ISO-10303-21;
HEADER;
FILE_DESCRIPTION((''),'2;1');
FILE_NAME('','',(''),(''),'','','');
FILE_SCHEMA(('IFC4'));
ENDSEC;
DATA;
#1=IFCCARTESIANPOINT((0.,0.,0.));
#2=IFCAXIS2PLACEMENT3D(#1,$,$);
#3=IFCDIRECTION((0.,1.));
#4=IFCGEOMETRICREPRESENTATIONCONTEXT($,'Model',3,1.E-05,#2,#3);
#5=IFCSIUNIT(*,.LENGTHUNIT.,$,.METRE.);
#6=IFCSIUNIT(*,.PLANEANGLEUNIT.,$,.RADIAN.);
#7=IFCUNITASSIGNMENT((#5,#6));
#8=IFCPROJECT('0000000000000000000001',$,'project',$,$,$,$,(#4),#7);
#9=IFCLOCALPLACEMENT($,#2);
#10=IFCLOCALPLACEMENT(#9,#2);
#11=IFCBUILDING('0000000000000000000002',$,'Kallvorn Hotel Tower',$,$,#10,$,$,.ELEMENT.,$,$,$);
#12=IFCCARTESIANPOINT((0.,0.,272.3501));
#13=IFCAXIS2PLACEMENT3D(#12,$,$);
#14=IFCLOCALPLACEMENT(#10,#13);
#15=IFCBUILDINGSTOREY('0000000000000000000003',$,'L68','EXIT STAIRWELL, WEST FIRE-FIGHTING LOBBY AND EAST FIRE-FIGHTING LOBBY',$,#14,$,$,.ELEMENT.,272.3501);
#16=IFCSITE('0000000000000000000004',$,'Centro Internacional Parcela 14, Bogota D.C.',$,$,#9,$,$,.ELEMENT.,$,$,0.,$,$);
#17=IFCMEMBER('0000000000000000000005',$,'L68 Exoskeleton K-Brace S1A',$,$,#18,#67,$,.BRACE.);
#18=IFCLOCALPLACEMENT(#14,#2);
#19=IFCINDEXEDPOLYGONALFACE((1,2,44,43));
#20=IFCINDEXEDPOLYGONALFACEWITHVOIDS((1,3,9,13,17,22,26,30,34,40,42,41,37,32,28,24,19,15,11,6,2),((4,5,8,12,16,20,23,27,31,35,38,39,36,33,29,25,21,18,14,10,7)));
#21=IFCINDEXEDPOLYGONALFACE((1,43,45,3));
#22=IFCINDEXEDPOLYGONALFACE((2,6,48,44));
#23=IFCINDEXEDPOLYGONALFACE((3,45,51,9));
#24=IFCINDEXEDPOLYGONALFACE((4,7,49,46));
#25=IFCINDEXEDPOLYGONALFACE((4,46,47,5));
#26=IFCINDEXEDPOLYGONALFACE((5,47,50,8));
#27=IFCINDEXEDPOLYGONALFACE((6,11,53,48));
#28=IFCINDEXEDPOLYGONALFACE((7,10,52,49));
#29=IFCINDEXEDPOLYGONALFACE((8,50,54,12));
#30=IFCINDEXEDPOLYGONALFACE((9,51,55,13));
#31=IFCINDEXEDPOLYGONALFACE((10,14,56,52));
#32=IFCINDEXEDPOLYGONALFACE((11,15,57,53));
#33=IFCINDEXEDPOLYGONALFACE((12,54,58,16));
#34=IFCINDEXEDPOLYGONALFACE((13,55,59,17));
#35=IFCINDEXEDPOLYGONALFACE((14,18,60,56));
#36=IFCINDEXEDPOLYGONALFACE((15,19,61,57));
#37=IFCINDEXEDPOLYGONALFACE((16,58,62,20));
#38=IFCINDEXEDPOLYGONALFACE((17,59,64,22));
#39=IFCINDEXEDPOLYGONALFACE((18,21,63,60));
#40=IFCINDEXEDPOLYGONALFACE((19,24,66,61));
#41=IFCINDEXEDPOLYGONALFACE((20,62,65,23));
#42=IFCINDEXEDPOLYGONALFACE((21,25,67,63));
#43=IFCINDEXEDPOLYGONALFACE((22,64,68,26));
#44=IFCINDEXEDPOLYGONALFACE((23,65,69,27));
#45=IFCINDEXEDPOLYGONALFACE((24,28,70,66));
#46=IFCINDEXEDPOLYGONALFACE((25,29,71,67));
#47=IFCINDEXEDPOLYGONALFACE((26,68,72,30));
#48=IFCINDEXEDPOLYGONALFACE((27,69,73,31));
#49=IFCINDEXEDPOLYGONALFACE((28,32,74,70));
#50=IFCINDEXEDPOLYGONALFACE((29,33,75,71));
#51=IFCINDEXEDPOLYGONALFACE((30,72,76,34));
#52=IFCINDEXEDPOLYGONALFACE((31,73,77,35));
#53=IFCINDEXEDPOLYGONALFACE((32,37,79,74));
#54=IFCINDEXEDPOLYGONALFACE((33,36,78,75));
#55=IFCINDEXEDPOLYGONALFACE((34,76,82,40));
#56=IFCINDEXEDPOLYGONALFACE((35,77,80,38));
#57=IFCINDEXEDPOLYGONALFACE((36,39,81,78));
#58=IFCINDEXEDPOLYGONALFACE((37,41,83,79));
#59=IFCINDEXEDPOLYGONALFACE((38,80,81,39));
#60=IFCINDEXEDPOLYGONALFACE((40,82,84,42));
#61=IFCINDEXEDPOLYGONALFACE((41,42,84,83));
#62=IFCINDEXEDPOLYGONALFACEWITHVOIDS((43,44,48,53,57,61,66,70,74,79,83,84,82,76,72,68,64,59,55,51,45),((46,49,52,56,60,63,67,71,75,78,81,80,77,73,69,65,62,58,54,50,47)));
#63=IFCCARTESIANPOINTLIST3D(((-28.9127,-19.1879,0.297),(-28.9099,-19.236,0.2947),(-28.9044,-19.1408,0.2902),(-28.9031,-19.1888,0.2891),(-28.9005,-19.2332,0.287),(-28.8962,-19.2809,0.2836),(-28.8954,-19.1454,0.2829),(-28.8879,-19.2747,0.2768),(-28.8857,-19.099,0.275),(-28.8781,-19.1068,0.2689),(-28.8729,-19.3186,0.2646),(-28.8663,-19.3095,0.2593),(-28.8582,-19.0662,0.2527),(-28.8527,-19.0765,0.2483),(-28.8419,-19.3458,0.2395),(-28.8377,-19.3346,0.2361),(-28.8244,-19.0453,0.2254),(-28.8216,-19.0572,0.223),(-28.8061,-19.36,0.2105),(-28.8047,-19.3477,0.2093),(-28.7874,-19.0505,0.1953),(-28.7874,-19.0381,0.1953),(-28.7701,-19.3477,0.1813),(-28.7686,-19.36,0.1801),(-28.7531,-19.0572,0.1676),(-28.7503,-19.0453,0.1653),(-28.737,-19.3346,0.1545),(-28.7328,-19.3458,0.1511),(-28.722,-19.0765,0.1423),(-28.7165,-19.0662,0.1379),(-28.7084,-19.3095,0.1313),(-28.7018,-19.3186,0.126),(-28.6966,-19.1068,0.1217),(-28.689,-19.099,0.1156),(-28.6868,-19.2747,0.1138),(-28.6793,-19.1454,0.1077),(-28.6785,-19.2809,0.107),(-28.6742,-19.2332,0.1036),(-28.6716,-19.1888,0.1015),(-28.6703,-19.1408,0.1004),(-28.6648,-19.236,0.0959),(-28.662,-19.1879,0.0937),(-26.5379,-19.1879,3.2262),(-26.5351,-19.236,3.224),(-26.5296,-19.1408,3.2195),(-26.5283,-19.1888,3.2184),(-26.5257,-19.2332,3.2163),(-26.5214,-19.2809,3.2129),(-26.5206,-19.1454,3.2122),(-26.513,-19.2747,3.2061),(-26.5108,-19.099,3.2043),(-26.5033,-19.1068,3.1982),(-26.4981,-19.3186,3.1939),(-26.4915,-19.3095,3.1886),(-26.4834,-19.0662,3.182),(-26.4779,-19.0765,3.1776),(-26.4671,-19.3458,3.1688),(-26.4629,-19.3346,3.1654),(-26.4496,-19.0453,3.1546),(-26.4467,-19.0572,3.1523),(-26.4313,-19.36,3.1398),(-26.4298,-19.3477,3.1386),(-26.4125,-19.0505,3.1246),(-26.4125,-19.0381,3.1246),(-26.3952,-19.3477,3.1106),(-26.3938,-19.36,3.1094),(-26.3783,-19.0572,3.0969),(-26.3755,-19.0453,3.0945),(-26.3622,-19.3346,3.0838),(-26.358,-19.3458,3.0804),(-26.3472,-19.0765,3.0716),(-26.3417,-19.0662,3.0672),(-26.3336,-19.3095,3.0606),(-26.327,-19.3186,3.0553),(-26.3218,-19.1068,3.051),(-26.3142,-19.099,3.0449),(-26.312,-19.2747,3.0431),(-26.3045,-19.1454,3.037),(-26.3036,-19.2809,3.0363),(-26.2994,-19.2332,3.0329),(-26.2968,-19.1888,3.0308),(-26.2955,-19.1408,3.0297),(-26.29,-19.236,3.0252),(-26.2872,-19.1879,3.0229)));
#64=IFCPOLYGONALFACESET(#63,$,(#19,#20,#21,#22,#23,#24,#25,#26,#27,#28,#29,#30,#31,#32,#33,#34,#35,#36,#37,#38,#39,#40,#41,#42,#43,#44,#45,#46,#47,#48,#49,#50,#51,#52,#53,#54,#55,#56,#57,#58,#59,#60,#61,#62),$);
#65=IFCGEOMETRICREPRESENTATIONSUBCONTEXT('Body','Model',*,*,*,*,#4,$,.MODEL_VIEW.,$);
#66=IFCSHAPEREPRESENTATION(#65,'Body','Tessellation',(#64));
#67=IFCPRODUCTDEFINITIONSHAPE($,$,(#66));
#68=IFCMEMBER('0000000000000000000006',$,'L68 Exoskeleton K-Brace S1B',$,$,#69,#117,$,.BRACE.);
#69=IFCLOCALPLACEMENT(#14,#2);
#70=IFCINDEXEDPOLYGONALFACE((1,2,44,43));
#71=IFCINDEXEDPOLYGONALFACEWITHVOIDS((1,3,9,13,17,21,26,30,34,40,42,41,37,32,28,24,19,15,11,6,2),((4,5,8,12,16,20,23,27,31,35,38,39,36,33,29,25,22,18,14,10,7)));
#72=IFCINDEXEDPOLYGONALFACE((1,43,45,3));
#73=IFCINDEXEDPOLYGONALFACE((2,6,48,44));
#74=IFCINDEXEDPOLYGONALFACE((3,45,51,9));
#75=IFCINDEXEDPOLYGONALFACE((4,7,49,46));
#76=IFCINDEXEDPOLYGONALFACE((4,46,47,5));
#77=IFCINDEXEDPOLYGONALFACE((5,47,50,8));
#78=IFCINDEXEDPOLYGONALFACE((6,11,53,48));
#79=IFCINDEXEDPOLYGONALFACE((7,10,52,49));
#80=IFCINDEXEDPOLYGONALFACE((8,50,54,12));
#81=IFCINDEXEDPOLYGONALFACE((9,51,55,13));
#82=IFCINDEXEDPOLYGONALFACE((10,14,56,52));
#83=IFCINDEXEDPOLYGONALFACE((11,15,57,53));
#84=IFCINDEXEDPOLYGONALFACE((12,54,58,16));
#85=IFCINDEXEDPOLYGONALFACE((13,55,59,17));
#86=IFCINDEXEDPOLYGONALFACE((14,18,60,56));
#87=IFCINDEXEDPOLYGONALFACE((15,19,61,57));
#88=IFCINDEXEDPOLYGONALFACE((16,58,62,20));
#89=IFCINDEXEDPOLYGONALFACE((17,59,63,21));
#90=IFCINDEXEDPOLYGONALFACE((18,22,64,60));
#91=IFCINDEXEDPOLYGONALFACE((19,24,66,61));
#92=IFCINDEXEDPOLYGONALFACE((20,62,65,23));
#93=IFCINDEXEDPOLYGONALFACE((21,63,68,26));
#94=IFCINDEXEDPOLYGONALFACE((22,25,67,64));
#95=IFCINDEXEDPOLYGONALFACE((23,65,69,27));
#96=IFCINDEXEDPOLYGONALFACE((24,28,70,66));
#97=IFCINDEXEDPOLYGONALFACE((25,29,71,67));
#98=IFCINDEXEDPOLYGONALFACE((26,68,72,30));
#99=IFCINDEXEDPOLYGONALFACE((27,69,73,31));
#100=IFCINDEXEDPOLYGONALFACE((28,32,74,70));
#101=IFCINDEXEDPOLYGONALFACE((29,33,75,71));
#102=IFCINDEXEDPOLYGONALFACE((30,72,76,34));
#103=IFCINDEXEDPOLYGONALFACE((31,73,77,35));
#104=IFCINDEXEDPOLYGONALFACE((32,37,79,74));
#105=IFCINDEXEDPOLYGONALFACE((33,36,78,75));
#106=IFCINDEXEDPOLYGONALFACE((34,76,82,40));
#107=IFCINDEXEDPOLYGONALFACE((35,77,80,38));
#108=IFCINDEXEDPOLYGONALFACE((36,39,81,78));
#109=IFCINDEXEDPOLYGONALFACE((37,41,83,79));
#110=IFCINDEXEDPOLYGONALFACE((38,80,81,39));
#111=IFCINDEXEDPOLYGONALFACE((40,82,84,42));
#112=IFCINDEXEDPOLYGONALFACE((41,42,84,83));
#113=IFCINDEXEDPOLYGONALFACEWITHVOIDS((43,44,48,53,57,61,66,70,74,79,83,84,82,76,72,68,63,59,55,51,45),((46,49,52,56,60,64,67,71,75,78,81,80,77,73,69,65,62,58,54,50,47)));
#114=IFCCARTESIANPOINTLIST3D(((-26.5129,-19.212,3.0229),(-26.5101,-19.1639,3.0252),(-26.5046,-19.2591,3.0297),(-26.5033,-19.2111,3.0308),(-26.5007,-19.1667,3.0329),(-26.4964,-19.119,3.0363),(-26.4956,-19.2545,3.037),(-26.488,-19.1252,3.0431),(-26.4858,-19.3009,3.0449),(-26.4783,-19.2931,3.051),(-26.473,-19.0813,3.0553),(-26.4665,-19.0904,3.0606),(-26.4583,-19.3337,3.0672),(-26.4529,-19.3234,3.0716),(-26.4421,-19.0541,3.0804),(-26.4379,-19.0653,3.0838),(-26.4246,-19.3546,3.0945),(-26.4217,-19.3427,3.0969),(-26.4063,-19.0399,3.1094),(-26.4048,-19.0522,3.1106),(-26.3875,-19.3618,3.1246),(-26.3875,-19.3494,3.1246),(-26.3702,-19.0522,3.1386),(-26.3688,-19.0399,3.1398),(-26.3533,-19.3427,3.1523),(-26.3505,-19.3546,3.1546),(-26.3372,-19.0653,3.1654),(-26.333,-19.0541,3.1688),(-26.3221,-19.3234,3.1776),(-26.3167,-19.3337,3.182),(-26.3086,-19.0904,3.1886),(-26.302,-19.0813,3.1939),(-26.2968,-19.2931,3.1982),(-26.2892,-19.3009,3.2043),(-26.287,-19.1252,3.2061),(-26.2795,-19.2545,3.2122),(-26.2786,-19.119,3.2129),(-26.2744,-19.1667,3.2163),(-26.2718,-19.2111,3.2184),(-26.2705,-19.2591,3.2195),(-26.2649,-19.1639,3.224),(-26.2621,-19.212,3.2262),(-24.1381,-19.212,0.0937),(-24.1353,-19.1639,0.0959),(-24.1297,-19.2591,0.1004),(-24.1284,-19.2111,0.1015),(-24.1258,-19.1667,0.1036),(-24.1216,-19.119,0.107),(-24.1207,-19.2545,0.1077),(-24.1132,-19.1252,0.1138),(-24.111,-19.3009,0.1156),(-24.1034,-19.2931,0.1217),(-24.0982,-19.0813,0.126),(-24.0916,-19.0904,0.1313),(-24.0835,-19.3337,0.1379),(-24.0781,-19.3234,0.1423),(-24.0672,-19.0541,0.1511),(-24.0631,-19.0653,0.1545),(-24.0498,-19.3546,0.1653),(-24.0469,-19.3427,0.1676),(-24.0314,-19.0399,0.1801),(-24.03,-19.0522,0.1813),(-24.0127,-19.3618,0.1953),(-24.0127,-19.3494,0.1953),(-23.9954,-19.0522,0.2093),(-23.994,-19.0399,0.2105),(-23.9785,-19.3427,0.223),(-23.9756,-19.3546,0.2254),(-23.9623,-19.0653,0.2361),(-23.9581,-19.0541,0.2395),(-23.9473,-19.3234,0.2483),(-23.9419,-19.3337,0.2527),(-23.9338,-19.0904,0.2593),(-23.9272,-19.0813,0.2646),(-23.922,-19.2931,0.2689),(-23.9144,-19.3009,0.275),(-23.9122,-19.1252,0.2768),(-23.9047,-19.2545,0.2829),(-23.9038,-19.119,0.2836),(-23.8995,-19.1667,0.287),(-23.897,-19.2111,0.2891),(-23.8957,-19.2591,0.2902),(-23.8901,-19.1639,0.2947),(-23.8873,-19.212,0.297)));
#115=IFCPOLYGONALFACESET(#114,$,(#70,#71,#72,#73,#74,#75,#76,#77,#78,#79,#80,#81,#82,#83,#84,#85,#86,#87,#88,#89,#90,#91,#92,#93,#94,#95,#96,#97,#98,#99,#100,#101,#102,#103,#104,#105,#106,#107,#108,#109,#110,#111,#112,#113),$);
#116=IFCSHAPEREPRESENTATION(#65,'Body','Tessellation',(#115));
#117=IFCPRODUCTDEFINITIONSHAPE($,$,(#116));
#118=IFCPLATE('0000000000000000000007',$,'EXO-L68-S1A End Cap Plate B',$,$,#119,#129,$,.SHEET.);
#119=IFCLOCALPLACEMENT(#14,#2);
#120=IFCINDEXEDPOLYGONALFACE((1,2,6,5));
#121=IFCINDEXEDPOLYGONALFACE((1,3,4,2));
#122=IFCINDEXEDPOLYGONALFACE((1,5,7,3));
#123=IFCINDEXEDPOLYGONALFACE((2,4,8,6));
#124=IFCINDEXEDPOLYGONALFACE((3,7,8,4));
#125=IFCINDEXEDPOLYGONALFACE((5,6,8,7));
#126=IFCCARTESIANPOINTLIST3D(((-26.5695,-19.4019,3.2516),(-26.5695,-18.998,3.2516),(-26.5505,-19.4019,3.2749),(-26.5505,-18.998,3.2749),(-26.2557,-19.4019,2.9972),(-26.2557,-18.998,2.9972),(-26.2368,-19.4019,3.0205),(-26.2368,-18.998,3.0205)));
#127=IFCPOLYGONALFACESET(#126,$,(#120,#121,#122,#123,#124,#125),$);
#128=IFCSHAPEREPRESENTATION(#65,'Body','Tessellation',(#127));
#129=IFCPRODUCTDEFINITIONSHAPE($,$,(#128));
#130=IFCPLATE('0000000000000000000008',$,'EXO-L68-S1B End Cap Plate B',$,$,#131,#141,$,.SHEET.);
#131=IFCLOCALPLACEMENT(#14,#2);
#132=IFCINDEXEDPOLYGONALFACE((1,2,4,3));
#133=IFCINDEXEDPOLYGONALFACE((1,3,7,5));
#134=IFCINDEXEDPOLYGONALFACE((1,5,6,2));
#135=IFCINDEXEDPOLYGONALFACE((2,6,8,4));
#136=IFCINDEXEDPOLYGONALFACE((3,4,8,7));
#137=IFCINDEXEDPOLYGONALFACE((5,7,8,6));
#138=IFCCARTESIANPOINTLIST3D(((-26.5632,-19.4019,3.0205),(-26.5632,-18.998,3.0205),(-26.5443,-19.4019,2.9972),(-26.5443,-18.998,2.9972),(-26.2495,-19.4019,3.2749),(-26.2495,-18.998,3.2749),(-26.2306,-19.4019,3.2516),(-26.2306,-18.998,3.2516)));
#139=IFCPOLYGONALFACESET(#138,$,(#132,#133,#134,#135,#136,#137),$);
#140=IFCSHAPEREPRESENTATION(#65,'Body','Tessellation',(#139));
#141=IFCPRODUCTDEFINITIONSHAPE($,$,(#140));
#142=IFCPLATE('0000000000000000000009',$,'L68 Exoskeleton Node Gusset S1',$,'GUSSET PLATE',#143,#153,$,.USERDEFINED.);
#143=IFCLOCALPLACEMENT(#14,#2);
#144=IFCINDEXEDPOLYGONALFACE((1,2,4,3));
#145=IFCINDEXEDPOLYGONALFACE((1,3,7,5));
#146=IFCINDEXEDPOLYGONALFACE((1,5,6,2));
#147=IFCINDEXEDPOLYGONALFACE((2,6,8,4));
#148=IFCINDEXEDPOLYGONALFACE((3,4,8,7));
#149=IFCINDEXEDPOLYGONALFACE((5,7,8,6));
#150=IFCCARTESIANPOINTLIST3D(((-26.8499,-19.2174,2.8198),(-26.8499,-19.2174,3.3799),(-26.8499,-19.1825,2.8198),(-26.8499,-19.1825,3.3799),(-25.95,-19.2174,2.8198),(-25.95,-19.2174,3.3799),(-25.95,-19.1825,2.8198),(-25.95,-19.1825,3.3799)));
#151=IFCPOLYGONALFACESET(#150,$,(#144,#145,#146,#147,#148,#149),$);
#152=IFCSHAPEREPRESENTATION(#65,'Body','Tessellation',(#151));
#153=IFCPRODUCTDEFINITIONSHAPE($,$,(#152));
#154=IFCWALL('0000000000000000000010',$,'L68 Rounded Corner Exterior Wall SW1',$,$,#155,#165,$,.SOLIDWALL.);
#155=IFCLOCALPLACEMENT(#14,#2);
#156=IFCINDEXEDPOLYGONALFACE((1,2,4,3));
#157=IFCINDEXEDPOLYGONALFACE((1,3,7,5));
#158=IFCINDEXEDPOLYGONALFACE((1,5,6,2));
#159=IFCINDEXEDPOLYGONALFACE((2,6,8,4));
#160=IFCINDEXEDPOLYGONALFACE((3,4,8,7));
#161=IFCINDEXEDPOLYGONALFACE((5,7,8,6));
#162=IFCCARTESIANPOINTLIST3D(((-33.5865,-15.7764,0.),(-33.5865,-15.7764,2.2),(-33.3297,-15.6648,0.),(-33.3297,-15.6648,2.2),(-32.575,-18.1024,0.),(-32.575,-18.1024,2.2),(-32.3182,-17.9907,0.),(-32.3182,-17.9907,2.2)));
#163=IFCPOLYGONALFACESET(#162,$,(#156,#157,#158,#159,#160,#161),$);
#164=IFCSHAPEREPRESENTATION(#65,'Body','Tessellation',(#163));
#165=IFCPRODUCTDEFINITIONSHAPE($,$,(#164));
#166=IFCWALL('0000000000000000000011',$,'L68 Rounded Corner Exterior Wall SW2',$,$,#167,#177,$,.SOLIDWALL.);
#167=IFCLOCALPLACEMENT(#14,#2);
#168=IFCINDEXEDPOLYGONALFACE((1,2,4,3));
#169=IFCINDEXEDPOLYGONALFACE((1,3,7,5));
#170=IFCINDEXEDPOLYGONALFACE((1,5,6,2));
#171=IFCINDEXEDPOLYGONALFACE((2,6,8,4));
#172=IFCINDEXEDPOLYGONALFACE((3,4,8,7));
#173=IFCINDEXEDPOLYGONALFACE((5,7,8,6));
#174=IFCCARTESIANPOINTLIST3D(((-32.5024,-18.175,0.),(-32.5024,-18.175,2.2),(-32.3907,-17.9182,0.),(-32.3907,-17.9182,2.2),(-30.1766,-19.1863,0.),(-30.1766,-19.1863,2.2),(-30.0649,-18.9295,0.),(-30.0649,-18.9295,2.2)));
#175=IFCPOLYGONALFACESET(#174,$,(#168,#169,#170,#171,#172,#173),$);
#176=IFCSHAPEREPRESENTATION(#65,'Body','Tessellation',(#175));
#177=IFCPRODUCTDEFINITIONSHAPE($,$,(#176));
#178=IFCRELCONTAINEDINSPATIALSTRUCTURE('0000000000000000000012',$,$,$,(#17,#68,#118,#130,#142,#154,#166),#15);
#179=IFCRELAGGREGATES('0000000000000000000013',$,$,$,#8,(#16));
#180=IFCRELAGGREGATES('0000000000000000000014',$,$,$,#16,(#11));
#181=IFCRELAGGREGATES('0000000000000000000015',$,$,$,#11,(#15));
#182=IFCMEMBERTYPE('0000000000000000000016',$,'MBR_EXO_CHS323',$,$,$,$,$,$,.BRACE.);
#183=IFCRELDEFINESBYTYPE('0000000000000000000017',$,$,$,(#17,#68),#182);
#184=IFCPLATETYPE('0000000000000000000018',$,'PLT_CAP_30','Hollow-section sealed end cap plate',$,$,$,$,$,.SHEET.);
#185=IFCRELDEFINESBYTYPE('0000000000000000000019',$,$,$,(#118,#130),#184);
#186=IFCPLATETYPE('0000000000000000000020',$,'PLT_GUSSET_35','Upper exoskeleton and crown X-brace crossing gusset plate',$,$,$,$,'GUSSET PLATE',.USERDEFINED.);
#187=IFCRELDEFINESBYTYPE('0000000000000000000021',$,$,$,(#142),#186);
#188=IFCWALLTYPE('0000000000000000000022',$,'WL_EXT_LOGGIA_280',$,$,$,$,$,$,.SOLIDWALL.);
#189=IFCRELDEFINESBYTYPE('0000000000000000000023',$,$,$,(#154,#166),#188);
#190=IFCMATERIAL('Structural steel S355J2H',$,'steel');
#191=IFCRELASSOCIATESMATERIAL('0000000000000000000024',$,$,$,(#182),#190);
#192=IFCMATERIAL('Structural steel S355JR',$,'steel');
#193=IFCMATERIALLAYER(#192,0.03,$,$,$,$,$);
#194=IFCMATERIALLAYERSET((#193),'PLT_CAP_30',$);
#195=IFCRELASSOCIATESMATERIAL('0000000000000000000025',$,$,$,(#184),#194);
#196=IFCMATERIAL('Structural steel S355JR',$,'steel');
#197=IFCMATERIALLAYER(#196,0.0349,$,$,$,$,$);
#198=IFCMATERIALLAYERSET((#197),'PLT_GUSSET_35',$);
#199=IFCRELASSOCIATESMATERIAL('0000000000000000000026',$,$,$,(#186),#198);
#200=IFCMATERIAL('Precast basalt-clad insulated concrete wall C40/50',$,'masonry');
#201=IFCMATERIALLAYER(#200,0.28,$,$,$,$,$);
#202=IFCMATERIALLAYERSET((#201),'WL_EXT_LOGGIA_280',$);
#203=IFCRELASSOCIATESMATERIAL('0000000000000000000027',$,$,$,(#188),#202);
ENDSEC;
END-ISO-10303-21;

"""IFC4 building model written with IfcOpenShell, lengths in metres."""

from ifc_helpers import new_model, si_unit, direction, frame, frame_2d, origin, origin_2d, place, context, subcontext, project, spatial, polyline, rectangle, hollow_circle, outline, extrude, material, layer, layer_set, material_profile, profile_set, type_object, element, save


model = new_model("IFC4")

# Units and contexts
model_context = context("Model", 3, precision=1e-05, world=origin(), true_north=direction((0.0, 1.0)))
body_context = subcontext(model_context, "Body", "Model", "MODEL_VIEW")
ifc_project = project(units=[si_unit("LENGTHUNIT", "METRE"), si_unit("PLANEANGLEUNIT", "RADIAN")], contexts=[model_context])

# Site, building, storey
site_placement = place(None, origin())
site = spatial("IfcSite", under=ifc_project, at=site_placement, Name="Centro Internacional Parcela 14, Bogota D.C.", CompositionType="ELEMENT", RefElevation=0.0)
building_placement = place(site_placement, origin())
building = spatial("IfcBuilding", under=site, at=building_placement, Name="Kallvorn Hotel Tower", CompositionType="ELEMENT")
storey_placement = place(building_placement, frame((0.0, 0.0, 272.3501)))
storey = spatial("IfcBuildingStorey", under=building, at=storey_placement, Name="L68", Description="EXIT STAIRWELL, WEST FIRE-FIGHTING LOBBY AND EAST FIRE-FIGHTING LOBBY", CompositionType="ELEMENT", Elevation=272.3501)

# Members
ifc_material_1 = material(Name="Structural steel S355J2H", Category="steel")
ifc_material_profile_1 = material_profile(ifc_material_1, hollow_circle(Radius=0.1619, WallThickness=0.0125, at=origin_2d()), Name="CHS 323.9x12.5")
ifc_profile_set_1 = profile_set([ifc_material_profile_1], Name="Structural steel S355J2H")
member_type = type_object("IfcMemberType", Name="MBR_EXO_CHS323", PredefinedType="BRACE", material=ifc_profile_set_1)
for number, where, z_axis, x_axis, name in (
    (1, (-28.7874, -19.2, 0.1953), (0.629759, 0.0, 0.776791), (0.0, 1.0, 0.0), "L68 Exoskeleton K-Brace S1A"),
    (2, (-24.0127, -19.2, 0.1953), (-0.629759, 0.0, 0.776791), (0.0, -1.0, 0.0), "L68 Exoskeleton K-Brace S1B"),
):
    element("IfcMember", number, at=place(storey_placement, frame(where, z_axis=z_axis, x_axis=x_axis)), inside=storey, type_object=member_type, Name=name, PredefinedType="BRACE", context=body_context, shape_type="SweptSolid", body=[
        extrude(hollow_circle(Radius=0.1619, WallThickness=0.0125, at=origin_2d()), origin(), (0.0, 0.0, 1.0), 3.771),
    ])

# Plates
ifc_material_2 = material(Name="Structural steel S355JR", Category="steel")
ifc_layer_1 = layer(ifc_material_2, 0.03)
ifc_layer_set_1 = layer_set([ifc_layer_1], Name="PLT_CAP_30")
plate_type_1 = type_object("IfcPlateType", Name="PLT_CAP_30", Description="Hollow-section sealed end cap plate", PredefinedType="SHEET", material=ifc_layer_set_1)
for number, where, z_axis, x_axis, name in (
    (3, (-26.2368, -19.4019, 3.0205), (0.629841, 0.0, 0.776724), (0.0, 1.0, 0.0), "EXO-L68-S1A End Cap Plate B"),
    (4, (-26.5632, -18.998, 3.0205), (-0.629841, 0.0, 0.776724), (0.0, -1.0, 0.0), "EXO-L68-S1B End Cap Plate B"),
):
    element("IfcPlate", number, at=place(storey_placement, frame(where, z_axis=z_axis, x_axis=x_axis)), inside=storey, type_object=plate_type_1, Name=name, PredefinedType="SHEET", context=body_context, shape_type="SweptSolid", body=[
        extrude(outline(polyline([(0.0, 0.0), (0.4038, 0.0), (0.4038, 0.4039), (0.0, 0.4039), (0.0, 0.0)])), origin(), (0.0, 0.0, -1.0), 0.03),
    ])
ifc_material_3 = material(Name="Structural steel S355JR", Category="steel")
ifc_layer_2 = layer(ifc_material_3, 0.0349)
ifc_layer_set_2 = layer_set([ifc_layer_2], Name="PLT_GUSSET_35")
plate_type_2 = type_object("IfcPlateType", Name="PLT_GUSSET_35", Description="Upper exoskeleton and crown X-brace crossing gusset plate", ElementType="GUSSET PLATE", PredefinedType="USERDEFINED", material=ifc_layer_set_2)
plate_placement = place(storey_placement, frame((-26.3999, -19.2, 2.8198), z_axis=(0.0, 0.0, 1.0), x_axis=(1.0, 0.0, 0.0)))
element("IfcPlate", 5, at=plate_placement, inside=storey, type_object=plate_type_2, Name="L68 Exoskeleton Node Gusset S1", ObjectType="GUSSET PLATE", PredefinedType="USERDEFINED", context=body_context, shape_type="SweptSolid", body=[
    extrude(rectangle(XDim=0.8999, YDim=0.0349, at=origin_2d()), origin(), (0.0, 0.0, 1.0), 0.5601),
])

# Walls
ifc_material_4 = material(Name="Precast basalt-clad insulated concrete wall C40/50", Category="masonry")
ifc_layer_3 = layer(ifc_material_4, 0.28)
ifc_layer_set_3 = layer_set([ifc_layer_3], Name="WL_EXT_LOGGIA_280")
wall_type_1 = type_object("IfcWallType", Name="WL_EXT_LOGGIA_280", PredefinedType="SOLIDWALL", material=ifc_layer_set_3)
wall_1_placement = place(storey_placement, frame((-33.458, -15.7207, 0.0), z_axis=(0.0, 0.0, 1.0), x_axis=(0.398793, -0.917041, 0.0)))
element("IfcWall", 6, at=wall_1_placement, inside=storey, type_object=wall_type_1, Name="L68 Rounded Corner Exterior Wall SW1", PredefinedType="SOLIDWALL", context=body_context, shape_type="SweptSolid", body=[
    extrude(rectangle(XDim=2.5364, YDim=0.28, at=frame_2d((1.2681, 0.0))), origin(), (0.0, 0.0, 1.0), 2.2),
])
wall_2_placement = place(storey_placement, frame((-32.4465, -18.0466, 0.0), z_axis=(0.0, 0.0, 1.0), x_axis=(0.917061, -0.398747, 0.0)))
element("IfcWall", 7, at=wall_2_placement, inside=storey, type_object=wall_type_1, Name="L68 Rounded Corner Exterior Wall SW2", PredefinedType="SOLIDWALL", context=body_context, shape_type="SweptSolid", body=[
    extrude(rectangle(XDim=2.5361, YDim=0.28, at=frame_2d((1.2681, 0.0))), origin(), (0.0, 0.0, 1.0), 2.2),
])

save(model, "model.ifc")
